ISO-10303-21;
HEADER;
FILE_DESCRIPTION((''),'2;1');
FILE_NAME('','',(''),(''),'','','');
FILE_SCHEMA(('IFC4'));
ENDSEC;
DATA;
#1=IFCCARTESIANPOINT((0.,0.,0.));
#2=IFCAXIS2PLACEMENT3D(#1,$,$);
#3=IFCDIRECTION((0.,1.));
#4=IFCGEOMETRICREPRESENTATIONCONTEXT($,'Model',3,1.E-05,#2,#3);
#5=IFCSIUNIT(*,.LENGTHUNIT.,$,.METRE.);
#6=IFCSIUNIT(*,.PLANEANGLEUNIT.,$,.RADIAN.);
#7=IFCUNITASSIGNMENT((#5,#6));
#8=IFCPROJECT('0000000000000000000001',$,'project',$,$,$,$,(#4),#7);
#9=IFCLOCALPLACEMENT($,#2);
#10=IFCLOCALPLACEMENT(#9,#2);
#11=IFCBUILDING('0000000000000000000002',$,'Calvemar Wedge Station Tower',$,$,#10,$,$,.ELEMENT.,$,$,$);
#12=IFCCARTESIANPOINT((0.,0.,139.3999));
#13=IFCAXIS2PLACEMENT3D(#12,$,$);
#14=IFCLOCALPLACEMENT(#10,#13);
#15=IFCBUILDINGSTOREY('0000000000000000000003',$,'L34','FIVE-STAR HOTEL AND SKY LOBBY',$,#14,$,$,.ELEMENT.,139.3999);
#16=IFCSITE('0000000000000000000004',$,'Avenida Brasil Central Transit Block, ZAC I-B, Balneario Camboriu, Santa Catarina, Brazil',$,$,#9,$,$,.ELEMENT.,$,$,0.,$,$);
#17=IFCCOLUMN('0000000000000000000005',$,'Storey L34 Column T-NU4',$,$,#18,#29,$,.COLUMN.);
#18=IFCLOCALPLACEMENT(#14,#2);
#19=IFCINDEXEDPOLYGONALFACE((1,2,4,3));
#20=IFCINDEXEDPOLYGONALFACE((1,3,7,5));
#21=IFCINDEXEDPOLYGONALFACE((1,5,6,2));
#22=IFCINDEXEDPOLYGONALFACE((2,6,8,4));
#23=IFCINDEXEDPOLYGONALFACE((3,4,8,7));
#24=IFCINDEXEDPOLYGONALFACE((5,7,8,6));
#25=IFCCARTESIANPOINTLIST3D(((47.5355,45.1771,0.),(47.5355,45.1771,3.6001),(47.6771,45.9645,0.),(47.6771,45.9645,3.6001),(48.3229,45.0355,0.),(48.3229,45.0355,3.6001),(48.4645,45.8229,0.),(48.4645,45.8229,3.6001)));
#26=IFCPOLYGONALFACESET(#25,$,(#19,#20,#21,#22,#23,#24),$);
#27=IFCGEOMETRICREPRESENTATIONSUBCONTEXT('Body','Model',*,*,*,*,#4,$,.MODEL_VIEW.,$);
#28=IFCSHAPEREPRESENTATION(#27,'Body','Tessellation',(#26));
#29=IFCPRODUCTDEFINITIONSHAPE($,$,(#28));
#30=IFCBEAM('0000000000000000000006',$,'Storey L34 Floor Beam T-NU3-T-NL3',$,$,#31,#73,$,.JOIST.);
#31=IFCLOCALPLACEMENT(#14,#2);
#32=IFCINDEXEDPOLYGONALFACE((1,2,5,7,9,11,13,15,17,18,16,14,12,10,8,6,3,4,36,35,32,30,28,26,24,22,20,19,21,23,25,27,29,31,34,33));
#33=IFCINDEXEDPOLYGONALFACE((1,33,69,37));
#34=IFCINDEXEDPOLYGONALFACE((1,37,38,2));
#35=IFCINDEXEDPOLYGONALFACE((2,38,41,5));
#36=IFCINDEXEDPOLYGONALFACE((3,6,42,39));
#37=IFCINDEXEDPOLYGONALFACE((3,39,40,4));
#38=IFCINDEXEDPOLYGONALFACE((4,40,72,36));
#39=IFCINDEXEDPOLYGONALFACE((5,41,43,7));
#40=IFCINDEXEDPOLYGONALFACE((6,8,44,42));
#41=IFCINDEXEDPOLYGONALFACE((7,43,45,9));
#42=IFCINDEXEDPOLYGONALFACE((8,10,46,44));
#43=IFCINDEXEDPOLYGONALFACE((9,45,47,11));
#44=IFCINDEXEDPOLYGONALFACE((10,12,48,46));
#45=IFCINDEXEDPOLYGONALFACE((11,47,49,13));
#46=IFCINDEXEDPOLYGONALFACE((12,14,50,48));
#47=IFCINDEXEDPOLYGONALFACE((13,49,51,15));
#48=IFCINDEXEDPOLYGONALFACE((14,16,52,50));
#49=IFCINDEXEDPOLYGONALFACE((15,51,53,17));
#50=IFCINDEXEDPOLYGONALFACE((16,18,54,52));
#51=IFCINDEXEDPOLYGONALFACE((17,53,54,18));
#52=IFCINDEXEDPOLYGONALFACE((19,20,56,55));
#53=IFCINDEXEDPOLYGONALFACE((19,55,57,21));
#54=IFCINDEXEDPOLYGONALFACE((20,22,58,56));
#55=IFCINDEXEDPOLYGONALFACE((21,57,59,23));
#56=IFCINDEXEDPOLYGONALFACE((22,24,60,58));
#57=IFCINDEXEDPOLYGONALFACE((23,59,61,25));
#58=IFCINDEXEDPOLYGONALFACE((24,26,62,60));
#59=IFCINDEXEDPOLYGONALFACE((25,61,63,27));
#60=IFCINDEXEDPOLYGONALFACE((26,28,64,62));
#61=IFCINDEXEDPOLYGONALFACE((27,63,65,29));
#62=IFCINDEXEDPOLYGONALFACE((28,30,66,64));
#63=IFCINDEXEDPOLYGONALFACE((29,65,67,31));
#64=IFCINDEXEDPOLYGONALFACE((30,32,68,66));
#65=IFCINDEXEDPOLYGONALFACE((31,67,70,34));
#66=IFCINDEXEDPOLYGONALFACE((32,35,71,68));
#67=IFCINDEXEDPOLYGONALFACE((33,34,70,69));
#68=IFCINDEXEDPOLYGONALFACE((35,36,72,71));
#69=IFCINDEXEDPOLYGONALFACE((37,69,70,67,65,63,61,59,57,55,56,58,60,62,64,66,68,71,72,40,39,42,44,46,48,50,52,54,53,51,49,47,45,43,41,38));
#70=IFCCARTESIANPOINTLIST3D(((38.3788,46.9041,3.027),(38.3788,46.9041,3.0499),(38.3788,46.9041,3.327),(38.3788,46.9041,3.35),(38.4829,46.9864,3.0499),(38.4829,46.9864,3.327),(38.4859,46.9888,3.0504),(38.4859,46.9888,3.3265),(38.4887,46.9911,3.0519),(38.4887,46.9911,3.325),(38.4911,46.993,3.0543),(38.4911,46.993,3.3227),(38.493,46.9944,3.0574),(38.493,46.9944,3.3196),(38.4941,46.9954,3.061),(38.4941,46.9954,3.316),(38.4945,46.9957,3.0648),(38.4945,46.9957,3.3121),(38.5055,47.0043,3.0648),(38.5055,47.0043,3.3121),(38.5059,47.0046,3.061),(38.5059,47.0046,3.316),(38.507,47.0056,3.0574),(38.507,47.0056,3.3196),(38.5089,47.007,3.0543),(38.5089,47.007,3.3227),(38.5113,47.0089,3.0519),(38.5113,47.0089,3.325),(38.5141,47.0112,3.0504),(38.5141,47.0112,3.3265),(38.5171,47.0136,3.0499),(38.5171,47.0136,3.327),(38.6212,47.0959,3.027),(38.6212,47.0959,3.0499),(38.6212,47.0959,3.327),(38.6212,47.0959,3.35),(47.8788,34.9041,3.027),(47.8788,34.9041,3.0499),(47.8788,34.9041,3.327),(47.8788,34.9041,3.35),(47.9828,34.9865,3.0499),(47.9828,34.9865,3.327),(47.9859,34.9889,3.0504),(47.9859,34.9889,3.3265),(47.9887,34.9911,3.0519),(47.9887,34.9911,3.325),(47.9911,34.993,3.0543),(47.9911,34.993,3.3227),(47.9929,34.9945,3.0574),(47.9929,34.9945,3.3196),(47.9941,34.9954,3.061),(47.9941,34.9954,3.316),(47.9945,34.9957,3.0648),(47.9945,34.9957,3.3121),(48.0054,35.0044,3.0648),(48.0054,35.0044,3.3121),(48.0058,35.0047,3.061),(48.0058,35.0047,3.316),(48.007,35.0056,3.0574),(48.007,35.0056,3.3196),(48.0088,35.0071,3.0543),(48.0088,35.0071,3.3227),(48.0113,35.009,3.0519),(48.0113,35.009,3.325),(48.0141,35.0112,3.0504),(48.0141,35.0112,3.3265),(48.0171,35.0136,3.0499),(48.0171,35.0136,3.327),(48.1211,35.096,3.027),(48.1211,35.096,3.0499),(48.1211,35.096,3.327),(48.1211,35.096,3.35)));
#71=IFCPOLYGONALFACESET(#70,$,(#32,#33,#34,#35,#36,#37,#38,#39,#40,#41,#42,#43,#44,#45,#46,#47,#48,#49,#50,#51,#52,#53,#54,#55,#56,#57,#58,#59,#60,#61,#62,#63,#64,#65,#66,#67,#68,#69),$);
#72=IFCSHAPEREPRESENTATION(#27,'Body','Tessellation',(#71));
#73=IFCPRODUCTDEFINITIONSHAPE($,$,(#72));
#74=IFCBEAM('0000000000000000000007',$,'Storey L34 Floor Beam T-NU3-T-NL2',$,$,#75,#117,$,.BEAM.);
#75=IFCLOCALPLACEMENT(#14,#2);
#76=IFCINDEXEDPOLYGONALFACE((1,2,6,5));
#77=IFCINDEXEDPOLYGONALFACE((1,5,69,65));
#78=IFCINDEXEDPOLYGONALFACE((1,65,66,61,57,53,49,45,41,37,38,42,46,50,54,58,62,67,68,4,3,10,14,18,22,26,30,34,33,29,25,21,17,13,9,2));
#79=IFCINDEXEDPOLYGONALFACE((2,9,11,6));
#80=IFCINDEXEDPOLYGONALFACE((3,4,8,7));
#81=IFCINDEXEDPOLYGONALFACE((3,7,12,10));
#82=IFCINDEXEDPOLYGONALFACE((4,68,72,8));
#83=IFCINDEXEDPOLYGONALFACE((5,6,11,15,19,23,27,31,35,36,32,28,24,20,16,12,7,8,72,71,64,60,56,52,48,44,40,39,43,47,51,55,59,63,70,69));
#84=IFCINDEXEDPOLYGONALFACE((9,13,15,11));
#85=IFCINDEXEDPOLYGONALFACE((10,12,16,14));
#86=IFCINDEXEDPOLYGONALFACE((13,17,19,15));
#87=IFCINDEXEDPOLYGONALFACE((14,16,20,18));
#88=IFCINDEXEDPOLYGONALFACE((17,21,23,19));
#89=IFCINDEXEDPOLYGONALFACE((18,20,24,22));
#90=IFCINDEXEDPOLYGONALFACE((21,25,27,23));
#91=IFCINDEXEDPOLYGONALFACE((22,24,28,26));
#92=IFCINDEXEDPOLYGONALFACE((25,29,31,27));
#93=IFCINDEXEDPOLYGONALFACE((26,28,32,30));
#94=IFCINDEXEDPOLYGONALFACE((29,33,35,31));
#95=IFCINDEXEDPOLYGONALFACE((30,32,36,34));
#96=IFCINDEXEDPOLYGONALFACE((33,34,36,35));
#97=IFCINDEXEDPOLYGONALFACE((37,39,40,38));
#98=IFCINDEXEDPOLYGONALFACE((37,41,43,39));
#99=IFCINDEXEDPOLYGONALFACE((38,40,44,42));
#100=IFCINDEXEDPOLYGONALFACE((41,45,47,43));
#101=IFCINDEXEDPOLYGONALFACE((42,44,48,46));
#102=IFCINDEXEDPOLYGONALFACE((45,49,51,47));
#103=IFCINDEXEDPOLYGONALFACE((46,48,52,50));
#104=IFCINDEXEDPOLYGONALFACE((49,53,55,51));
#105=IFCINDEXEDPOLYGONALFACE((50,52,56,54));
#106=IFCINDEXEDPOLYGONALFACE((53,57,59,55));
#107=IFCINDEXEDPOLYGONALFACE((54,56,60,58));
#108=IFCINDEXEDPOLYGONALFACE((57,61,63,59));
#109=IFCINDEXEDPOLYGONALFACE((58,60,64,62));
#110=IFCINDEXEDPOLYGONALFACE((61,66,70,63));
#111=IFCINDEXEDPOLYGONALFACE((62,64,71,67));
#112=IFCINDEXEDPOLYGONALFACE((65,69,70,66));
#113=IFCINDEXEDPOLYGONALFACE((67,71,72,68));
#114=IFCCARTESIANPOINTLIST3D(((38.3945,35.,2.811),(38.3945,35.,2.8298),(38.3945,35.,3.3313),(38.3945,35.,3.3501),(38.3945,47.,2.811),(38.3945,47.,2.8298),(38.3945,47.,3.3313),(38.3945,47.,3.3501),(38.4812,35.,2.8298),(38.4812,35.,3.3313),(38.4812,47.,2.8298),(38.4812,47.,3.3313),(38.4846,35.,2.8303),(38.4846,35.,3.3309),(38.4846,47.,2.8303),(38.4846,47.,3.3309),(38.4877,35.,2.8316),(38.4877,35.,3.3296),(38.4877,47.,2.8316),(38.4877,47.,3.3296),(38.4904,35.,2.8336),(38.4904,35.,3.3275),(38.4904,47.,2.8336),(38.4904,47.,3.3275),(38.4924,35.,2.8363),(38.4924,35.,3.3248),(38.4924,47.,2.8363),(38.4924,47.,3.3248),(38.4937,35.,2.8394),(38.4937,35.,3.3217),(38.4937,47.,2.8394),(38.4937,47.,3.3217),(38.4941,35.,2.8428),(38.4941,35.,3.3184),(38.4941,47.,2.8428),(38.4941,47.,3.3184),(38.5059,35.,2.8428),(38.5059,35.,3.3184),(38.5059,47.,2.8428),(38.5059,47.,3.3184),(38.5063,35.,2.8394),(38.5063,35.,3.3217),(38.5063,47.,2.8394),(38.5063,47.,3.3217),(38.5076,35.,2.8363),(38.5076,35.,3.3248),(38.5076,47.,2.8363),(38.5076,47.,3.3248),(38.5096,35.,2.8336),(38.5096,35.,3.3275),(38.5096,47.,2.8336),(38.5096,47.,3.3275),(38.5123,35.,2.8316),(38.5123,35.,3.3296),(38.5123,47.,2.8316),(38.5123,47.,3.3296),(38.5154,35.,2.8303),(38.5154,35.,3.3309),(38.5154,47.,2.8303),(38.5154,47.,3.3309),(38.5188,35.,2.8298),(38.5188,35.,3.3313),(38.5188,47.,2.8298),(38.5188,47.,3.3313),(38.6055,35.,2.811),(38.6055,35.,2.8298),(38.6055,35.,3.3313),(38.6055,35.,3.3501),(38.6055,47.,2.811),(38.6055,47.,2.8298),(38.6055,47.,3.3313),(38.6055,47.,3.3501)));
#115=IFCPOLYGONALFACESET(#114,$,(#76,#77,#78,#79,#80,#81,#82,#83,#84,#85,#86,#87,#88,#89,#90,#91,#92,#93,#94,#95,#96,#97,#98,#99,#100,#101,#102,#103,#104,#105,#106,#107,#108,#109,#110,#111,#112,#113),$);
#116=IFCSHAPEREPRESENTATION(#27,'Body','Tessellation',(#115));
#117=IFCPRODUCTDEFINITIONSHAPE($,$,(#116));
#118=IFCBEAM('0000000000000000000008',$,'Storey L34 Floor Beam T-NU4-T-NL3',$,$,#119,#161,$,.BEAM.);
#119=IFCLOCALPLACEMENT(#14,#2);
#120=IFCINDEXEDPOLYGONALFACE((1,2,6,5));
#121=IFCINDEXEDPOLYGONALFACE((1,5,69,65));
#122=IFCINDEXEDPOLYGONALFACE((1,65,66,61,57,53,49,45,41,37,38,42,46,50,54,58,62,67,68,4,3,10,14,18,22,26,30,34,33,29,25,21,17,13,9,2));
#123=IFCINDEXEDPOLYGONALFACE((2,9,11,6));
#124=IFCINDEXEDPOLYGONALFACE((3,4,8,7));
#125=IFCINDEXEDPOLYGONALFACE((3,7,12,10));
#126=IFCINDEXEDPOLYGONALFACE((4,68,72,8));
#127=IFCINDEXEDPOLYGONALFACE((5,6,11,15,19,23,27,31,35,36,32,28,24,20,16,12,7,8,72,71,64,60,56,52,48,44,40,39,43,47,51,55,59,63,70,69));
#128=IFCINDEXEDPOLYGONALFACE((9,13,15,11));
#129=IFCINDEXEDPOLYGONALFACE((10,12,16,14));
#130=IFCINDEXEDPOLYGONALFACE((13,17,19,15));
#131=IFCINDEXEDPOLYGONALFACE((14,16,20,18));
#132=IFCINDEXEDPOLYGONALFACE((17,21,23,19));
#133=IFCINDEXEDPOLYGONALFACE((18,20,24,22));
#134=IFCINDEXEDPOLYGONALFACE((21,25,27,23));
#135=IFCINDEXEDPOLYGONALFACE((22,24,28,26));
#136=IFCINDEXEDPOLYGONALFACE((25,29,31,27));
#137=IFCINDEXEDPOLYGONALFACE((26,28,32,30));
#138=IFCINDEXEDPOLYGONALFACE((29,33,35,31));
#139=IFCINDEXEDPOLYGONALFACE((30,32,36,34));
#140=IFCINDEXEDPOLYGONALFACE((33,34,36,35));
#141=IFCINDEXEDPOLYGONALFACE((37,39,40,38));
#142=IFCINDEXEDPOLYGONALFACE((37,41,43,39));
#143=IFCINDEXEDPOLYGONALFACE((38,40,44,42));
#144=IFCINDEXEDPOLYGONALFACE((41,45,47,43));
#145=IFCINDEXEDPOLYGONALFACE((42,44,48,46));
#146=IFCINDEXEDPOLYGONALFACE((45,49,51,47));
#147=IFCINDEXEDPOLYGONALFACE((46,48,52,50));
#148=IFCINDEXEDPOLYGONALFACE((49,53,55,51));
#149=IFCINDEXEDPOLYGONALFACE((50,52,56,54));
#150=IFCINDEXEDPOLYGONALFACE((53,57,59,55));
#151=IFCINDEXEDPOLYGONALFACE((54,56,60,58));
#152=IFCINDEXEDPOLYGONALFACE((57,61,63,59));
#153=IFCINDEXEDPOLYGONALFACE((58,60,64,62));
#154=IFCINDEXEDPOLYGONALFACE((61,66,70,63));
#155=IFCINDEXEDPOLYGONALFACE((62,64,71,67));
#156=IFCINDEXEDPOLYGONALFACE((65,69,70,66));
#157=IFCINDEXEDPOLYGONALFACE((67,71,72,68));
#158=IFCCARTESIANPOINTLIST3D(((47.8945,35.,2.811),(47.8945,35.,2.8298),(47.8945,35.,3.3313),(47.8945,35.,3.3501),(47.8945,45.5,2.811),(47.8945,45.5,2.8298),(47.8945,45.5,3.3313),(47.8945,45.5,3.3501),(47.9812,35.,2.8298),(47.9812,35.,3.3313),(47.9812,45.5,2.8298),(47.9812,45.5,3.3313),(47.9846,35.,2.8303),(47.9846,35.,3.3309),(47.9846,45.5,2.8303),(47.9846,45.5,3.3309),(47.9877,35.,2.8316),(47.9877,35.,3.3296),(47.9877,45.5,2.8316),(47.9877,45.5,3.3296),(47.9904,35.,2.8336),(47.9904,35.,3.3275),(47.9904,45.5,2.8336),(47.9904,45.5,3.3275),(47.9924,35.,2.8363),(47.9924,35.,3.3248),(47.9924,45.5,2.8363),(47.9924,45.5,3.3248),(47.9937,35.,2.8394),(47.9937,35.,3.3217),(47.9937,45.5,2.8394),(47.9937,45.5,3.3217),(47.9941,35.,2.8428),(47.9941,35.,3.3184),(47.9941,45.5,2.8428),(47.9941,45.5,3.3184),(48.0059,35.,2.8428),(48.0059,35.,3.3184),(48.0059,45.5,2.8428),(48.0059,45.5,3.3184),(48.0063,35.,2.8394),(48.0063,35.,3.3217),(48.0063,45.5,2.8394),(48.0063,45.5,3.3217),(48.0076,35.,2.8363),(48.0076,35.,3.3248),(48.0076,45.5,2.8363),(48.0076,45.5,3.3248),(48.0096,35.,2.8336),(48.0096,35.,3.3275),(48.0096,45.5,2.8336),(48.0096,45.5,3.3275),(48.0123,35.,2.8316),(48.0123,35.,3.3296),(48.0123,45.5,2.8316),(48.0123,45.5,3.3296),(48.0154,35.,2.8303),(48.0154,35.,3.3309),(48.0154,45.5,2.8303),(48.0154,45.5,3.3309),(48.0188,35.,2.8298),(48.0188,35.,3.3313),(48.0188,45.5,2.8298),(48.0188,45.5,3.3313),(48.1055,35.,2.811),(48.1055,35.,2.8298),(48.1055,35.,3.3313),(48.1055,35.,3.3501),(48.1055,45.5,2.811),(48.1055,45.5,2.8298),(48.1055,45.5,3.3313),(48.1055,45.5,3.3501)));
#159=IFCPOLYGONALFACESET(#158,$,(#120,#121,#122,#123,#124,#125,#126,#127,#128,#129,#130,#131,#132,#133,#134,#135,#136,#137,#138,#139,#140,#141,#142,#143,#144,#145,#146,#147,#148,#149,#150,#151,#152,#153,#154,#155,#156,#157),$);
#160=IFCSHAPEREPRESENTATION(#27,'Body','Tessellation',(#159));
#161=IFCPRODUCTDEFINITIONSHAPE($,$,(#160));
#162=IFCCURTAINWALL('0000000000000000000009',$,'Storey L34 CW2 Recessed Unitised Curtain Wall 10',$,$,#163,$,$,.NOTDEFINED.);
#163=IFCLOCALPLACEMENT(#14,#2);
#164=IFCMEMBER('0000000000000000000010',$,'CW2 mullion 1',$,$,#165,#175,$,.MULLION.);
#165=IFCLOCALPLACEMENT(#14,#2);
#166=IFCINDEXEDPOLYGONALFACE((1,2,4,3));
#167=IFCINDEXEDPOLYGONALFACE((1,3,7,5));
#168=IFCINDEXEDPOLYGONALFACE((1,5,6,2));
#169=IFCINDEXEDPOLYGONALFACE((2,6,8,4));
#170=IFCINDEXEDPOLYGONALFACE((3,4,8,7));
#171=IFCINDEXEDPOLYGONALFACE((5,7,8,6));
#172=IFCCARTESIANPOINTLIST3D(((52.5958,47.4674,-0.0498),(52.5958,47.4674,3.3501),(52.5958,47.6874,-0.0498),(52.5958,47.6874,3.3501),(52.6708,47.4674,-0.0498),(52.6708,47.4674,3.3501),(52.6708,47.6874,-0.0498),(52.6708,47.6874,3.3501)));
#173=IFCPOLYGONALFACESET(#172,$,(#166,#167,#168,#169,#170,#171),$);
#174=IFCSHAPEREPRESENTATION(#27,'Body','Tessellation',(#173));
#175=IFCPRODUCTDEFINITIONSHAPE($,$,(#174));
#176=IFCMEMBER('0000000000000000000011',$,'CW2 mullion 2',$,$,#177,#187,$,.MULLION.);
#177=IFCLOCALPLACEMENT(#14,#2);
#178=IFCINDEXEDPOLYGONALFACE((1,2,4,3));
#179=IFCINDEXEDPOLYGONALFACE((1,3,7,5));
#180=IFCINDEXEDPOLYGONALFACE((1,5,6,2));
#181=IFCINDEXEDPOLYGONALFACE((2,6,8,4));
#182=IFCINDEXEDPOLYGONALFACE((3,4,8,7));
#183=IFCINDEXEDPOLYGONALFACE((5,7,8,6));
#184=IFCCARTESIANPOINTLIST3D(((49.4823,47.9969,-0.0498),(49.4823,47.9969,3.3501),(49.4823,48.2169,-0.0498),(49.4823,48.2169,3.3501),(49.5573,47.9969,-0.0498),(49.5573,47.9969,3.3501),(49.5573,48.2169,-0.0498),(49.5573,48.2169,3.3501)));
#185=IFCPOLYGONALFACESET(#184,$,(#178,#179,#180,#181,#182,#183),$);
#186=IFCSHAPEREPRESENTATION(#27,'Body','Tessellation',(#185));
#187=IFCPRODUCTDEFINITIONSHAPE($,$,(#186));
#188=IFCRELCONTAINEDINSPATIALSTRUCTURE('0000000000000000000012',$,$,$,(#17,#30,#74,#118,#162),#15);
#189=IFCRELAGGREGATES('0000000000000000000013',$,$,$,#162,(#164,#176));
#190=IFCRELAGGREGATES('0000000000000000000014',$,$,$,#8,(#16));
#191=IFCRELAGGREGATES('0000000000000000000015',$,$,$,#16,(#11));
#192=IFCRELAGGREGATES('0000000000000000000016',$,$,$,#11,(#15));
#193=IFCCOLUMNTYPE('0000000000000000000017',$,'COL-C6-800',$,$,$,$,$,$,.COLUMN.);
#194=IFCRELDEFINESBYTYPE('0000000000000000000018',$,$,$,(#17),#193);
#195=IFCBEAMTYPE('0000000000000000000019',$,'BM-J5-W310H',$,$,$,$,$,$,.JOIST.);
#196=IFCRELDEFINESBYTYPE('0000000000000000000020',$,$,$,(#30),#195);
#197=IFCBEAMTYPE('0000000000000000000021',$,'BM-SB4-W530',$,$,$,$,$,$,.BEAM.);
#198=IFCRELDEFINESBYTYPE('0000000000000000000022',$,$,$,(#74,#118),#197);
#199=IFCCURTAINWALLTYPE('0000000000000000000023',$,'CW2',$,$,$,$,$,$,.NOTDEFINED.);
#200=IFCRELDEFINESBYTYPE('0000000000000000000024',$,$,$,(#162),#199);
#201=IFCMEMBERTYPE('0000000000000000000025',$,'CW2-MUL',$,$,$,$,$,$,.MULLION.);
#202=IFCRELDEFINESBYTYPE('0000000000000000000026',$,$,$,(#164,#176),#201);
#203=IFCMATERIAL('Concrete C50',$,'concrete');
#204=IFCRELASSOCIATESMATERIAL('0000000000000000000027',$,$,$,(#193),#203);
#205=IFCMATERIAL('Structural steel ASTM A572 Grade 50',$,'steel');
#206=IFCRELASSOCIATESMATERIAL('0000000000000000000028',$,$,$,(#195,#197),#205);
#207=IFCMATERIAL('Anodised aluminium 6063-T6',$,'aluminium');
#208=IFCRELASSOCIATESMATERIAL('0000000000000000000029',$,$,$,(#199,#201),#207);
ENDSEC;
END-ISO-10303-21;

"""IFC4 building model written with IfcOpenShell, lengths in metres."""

from ifc_helpers import new_model, si_unit, direction, frame, origin, origin_2d, place, context, subcontext, project, spatial, rectangle, i_section, extrude, source, transform, mapped, material, material_profile, profile_set, type_object, element, aggregate, save


model = new_model("IFC4")

# Units and contexts
model_context = context("Model", 3, precision=1e-05, world=origin(), true_north=direction((0.0, 1.0)))
body_context = subcontext(model_context, "Body", "Model", "MODEL_VIEW")
ifc_project = project(units=[si_unit("LENGTHUNIT", "METRE"), si_unit("PLANEANGLEUNIT", "RADIAN")], contexts=[model_context])

# Site, building, storey
site_placement = place(None, origin())
site = spatial("IfcSite", under=ifc_project, at=site_placement, Name="Avenida Brasil Central Transit Block, ZAC I-B, Balneario Camboriu, Santa Catarina, Brazil", CompositionType="ELEMENT", RefElevation=0.0)
building_placement = place(site_placement, origin())
building = spatial("IfcBuilding", under=site, at=building_placement, Name="Calvemar Wedge Station Tower", CompositionType="ELEMENT")
storey_placement = place(building_placement, frame((0.0, 0.0, 139.3999)))
storey = spatial("IfcBuildingStorey", under=building, at=storey_placement, Name="L34", Description="FIVE-STAR HOTEL AND SKY LOBBY", CompositionType="ELEMENT", Elevation=139.3999)

# Column
ifc_material_1 = material(Name="Concrete C50", Category="concrete")
ifc_material_profile_1 = material_profile(ifc_material_1, rectangle(XDim=0.8, YDim=0.8, at=origin_2d()), Name="RC800x800")
ifc_profile_set_1 = profile_set([ifc_material_profile_1], Name="Concrete C50")
column_type = type_object("IfcColumnType", Name="COL-C6-800", PredefinedType="COLUMN", material=ifc_profile_set_1)
shared_shape_1 = source(origin(), body_context, "Body", "SweptSolid", [
    extrude(rectangle(XDim=0.8, YDim=0.8, at=origin_2d()), origin(), (0.0, 0.0, 1.0), 3.6001),
])
column_placement = place(storey_placement, frame((48.0, 45.5, 0.0), z_axis=(0.0, 0.0, 1.0), x_axis=(0.984196, -0.177085, 0.0)))
element("IfcColumn", 1, at=column_placement, inside=storey, type_object=column_type, Name="Storey L34 Column T-NU4", PredefinedType="COLUMN", context=body_context, shape_type="MappedRepresentation", body=[
    mapped(shared_shape_1, transform((0.0, 0.0, 0.0), scale=1.0)),
])

# Beams
ifc_material_2 = material(Name="Structural steel ASTM A572 Grade 50", Category="steel")
ifc_material_profile_2 = material_profile(ifc_material_2, i_section(OverallWidth=0.3091, OverallDepth=0.323, WebThickness=0.0139, FlangeThickness=0.0229, FilletRadius=0.0149, at=origin_2d()), Name="W310x143")
ifc_profile_set_2 = profile_set([ifc_material_profile_2], Name="Structural steel ASTM A572 Grade 50")
beam_type_1 = type_object("IfcBeamType", Name="BM-J5-W310H", PredefinedType="JOIST", material=ifc_profile_set_2)
shared_shape_2 = source(origin(), body_context, "Body", "SweptSolid", [
    extrude(i_section(OverallWidth=0.3091, OverallDepth=0.323, WebThickness=0.0139, FlangeThickness=0.0229, FilletRadius=0.0149, at=origin_2d()), origin(), (0.0, 0.0, 1.0), 15.3052),
])
beam_1_placement = place(storey_placement, frame((38.5, 47.0, 3.1885), z_axis=(0.620703, -0.784046, 0.0), x_axis=(0.784046, 0.620703, 0.0)))
element("IfcBeam", 2, at=beam_1_placement, inside=storey, type_object=beam_type_1, Name="Storey L34 Floor Beam T-NU3-T-NL3", PredefinedType="JOIST", context=body_context, shape_type="MappedRepresentation", body=[
    mapped(shared_shape_2, transform((0.0, 0.0, 0.0), scale=1.0)),
])
ifc_material_profile_3 = material_profile(ifc_material_2, i_section(OverallWidth=0.2109, OverallDepth=0.5391, WebThickness=0.0117, FlangeThickness=0.0188, FilletRadius=0.0129, at=origin_2d()), Name="W530x109")
ifc_profile_set_3 = profile_set([ifc_material_profile_3], Name="Structural steel ASTM A572 Grade 50")
beam_type_2 = type_object("IfcBeamType", Name="BM-SB4-W530", PredefinedType="BEAM", material=ifc_profile_set_3)
shared_shape_3 = source(origin(), body_context, "Body", "SweptSolid", [
    extrude(i_section(OverallWidth=0.2109, OverallDepth=0.5391, WebThickness=0.0117, FlangeThickness=0.0188, FilletRadius=0.0129, at=origin_2d()), origin(), (0.0, 0.0, 1.0), 12.0),
])
beam_2_placement = place(storey_placement, frame((38.5, 47.0, 3.0806), z_axis=(0.0, -1.0, 0.0), x_axis=(1.0, 0.0, 0.0)))
element("IfcBeam", 3, at=beam_2_placement, inside=storey, type_object=beam_type_2, Name="Storey L34 Floor Beam T-NU3-T-NL2", PredefinedType="BEAM", context=body_context, shape_type="MappedRepresentation", body=[
    mapped(shared_shape_3, transform((0.0, 0.0, 0.0), scale=1.0)),
])
shared_shape_4 = source(origin(), body_context, "Body", "SweptSolid", [
    extrude(i_section(OverallWidth=0.2109, OverallDepth=0.5391, WebThickness=0.0117, FlangeThickness=0.0188, FilletRadius=0.0129, at=origin_2d()), origin(), (0.0, 0.0, 1.0), 10.5),
])
beam_3_placement = place(storey_placement, frame((48.0, 45.5, 3.0806), z_axis=(0.0, -1.0, 0.0), x_axis=(1.0, 0.0, 0.0)))
element("IfcBeam", 4, at=beam_3_placement, inside=storey, type_object=beam_type_2, Name="Storey L34 Floor Beam T-NU4-T-NL3", PredefinedType="BEAM", context=body_context, shape_type="MappedRepresentation", body=[
    mapped(shared_shape_4, transform((0.0, 0.0, 0.0), scale=1.0)),
])

# Curtain wall, members
ifc_material_3 = material(Name="Anodised aluminium 6063-T6", Category="aluminium")
curtain_wall_type = type_object("IfcCurtainWallType", Name="CW2", PredefinedType="NOTDEFINED", material=ifc_material_3)
curtain_wall_placement = place(storey_placement, origin())
curtain_wall = element("IfcCurtainWall", 5, at=curtain_wall_placement, inside=storey, type_object=curtain_wall_type, Name="Storey L34 CW2 Recessed Unitised Curtain Wall 10", PredefinedType="NOTDEFINED")
ifc_material_profile_4 = material_profile(ifc_material_3, rectangle(XDim=0.075, YDim=0.22, at=origin_2d()), Name="AL-MUL-75x220")
ifc_profile_set_4 = profile_set([ifc_material_profile_4], Name="Anodised aluminium 6063-T6")
member_type_1 = type_object("IfcMemberType", Name="CW2-MUL", PredefinedType="MULLION", material=ifc_profile_set_4)
shared_shape_5 = source(origin(), body_context, "Body", "SweptSolid", [
    extrude(rectangle(XDim=0.075, YDim=0.22, at=origin_2d()), origin(), (0.0, 0.0, 1.0), 3.3999),
])
member_1_placement = place(storey_placement, frame((52.6333, 47.5774, -0.0498), z_axis=(0.0, 0.0, 1.0), x_axis=(1.0, 0.0, 0.0)))
member_1 = element("IfcMember", 6, at=member_1_placement, type_object=member_type_1, Name="CW2 mullion 1", PredefinedType="MULLION", context=body_context, shape_type="MappedRepresentation", body=[
    mapped(shared_shape_5, transform((0.0, 0.0, 0.0), scale=1.0)),
])
member_2_placement = place(storey_placement, frame((49.5198, 48.1069, -0.0498), z_axis=(0.0, 0.0, 1.0), x_axis=(1.0, 0.0, 0.0)))
member_2 = element("IfcMember", 7, at=member_2_placement, type_object=member_type_1, Name="CW2 mullion 2", PredefinedType="MULLION", context=body_context, shape_type="MappedRepresentation", body=[
    mapped(shared_shape_5, transform((0.0, 0.0, 0.0), scale=1.0)),
])
aggregate(curtain_wall, [member_1, member_2])

save(model, "model.ifc")
